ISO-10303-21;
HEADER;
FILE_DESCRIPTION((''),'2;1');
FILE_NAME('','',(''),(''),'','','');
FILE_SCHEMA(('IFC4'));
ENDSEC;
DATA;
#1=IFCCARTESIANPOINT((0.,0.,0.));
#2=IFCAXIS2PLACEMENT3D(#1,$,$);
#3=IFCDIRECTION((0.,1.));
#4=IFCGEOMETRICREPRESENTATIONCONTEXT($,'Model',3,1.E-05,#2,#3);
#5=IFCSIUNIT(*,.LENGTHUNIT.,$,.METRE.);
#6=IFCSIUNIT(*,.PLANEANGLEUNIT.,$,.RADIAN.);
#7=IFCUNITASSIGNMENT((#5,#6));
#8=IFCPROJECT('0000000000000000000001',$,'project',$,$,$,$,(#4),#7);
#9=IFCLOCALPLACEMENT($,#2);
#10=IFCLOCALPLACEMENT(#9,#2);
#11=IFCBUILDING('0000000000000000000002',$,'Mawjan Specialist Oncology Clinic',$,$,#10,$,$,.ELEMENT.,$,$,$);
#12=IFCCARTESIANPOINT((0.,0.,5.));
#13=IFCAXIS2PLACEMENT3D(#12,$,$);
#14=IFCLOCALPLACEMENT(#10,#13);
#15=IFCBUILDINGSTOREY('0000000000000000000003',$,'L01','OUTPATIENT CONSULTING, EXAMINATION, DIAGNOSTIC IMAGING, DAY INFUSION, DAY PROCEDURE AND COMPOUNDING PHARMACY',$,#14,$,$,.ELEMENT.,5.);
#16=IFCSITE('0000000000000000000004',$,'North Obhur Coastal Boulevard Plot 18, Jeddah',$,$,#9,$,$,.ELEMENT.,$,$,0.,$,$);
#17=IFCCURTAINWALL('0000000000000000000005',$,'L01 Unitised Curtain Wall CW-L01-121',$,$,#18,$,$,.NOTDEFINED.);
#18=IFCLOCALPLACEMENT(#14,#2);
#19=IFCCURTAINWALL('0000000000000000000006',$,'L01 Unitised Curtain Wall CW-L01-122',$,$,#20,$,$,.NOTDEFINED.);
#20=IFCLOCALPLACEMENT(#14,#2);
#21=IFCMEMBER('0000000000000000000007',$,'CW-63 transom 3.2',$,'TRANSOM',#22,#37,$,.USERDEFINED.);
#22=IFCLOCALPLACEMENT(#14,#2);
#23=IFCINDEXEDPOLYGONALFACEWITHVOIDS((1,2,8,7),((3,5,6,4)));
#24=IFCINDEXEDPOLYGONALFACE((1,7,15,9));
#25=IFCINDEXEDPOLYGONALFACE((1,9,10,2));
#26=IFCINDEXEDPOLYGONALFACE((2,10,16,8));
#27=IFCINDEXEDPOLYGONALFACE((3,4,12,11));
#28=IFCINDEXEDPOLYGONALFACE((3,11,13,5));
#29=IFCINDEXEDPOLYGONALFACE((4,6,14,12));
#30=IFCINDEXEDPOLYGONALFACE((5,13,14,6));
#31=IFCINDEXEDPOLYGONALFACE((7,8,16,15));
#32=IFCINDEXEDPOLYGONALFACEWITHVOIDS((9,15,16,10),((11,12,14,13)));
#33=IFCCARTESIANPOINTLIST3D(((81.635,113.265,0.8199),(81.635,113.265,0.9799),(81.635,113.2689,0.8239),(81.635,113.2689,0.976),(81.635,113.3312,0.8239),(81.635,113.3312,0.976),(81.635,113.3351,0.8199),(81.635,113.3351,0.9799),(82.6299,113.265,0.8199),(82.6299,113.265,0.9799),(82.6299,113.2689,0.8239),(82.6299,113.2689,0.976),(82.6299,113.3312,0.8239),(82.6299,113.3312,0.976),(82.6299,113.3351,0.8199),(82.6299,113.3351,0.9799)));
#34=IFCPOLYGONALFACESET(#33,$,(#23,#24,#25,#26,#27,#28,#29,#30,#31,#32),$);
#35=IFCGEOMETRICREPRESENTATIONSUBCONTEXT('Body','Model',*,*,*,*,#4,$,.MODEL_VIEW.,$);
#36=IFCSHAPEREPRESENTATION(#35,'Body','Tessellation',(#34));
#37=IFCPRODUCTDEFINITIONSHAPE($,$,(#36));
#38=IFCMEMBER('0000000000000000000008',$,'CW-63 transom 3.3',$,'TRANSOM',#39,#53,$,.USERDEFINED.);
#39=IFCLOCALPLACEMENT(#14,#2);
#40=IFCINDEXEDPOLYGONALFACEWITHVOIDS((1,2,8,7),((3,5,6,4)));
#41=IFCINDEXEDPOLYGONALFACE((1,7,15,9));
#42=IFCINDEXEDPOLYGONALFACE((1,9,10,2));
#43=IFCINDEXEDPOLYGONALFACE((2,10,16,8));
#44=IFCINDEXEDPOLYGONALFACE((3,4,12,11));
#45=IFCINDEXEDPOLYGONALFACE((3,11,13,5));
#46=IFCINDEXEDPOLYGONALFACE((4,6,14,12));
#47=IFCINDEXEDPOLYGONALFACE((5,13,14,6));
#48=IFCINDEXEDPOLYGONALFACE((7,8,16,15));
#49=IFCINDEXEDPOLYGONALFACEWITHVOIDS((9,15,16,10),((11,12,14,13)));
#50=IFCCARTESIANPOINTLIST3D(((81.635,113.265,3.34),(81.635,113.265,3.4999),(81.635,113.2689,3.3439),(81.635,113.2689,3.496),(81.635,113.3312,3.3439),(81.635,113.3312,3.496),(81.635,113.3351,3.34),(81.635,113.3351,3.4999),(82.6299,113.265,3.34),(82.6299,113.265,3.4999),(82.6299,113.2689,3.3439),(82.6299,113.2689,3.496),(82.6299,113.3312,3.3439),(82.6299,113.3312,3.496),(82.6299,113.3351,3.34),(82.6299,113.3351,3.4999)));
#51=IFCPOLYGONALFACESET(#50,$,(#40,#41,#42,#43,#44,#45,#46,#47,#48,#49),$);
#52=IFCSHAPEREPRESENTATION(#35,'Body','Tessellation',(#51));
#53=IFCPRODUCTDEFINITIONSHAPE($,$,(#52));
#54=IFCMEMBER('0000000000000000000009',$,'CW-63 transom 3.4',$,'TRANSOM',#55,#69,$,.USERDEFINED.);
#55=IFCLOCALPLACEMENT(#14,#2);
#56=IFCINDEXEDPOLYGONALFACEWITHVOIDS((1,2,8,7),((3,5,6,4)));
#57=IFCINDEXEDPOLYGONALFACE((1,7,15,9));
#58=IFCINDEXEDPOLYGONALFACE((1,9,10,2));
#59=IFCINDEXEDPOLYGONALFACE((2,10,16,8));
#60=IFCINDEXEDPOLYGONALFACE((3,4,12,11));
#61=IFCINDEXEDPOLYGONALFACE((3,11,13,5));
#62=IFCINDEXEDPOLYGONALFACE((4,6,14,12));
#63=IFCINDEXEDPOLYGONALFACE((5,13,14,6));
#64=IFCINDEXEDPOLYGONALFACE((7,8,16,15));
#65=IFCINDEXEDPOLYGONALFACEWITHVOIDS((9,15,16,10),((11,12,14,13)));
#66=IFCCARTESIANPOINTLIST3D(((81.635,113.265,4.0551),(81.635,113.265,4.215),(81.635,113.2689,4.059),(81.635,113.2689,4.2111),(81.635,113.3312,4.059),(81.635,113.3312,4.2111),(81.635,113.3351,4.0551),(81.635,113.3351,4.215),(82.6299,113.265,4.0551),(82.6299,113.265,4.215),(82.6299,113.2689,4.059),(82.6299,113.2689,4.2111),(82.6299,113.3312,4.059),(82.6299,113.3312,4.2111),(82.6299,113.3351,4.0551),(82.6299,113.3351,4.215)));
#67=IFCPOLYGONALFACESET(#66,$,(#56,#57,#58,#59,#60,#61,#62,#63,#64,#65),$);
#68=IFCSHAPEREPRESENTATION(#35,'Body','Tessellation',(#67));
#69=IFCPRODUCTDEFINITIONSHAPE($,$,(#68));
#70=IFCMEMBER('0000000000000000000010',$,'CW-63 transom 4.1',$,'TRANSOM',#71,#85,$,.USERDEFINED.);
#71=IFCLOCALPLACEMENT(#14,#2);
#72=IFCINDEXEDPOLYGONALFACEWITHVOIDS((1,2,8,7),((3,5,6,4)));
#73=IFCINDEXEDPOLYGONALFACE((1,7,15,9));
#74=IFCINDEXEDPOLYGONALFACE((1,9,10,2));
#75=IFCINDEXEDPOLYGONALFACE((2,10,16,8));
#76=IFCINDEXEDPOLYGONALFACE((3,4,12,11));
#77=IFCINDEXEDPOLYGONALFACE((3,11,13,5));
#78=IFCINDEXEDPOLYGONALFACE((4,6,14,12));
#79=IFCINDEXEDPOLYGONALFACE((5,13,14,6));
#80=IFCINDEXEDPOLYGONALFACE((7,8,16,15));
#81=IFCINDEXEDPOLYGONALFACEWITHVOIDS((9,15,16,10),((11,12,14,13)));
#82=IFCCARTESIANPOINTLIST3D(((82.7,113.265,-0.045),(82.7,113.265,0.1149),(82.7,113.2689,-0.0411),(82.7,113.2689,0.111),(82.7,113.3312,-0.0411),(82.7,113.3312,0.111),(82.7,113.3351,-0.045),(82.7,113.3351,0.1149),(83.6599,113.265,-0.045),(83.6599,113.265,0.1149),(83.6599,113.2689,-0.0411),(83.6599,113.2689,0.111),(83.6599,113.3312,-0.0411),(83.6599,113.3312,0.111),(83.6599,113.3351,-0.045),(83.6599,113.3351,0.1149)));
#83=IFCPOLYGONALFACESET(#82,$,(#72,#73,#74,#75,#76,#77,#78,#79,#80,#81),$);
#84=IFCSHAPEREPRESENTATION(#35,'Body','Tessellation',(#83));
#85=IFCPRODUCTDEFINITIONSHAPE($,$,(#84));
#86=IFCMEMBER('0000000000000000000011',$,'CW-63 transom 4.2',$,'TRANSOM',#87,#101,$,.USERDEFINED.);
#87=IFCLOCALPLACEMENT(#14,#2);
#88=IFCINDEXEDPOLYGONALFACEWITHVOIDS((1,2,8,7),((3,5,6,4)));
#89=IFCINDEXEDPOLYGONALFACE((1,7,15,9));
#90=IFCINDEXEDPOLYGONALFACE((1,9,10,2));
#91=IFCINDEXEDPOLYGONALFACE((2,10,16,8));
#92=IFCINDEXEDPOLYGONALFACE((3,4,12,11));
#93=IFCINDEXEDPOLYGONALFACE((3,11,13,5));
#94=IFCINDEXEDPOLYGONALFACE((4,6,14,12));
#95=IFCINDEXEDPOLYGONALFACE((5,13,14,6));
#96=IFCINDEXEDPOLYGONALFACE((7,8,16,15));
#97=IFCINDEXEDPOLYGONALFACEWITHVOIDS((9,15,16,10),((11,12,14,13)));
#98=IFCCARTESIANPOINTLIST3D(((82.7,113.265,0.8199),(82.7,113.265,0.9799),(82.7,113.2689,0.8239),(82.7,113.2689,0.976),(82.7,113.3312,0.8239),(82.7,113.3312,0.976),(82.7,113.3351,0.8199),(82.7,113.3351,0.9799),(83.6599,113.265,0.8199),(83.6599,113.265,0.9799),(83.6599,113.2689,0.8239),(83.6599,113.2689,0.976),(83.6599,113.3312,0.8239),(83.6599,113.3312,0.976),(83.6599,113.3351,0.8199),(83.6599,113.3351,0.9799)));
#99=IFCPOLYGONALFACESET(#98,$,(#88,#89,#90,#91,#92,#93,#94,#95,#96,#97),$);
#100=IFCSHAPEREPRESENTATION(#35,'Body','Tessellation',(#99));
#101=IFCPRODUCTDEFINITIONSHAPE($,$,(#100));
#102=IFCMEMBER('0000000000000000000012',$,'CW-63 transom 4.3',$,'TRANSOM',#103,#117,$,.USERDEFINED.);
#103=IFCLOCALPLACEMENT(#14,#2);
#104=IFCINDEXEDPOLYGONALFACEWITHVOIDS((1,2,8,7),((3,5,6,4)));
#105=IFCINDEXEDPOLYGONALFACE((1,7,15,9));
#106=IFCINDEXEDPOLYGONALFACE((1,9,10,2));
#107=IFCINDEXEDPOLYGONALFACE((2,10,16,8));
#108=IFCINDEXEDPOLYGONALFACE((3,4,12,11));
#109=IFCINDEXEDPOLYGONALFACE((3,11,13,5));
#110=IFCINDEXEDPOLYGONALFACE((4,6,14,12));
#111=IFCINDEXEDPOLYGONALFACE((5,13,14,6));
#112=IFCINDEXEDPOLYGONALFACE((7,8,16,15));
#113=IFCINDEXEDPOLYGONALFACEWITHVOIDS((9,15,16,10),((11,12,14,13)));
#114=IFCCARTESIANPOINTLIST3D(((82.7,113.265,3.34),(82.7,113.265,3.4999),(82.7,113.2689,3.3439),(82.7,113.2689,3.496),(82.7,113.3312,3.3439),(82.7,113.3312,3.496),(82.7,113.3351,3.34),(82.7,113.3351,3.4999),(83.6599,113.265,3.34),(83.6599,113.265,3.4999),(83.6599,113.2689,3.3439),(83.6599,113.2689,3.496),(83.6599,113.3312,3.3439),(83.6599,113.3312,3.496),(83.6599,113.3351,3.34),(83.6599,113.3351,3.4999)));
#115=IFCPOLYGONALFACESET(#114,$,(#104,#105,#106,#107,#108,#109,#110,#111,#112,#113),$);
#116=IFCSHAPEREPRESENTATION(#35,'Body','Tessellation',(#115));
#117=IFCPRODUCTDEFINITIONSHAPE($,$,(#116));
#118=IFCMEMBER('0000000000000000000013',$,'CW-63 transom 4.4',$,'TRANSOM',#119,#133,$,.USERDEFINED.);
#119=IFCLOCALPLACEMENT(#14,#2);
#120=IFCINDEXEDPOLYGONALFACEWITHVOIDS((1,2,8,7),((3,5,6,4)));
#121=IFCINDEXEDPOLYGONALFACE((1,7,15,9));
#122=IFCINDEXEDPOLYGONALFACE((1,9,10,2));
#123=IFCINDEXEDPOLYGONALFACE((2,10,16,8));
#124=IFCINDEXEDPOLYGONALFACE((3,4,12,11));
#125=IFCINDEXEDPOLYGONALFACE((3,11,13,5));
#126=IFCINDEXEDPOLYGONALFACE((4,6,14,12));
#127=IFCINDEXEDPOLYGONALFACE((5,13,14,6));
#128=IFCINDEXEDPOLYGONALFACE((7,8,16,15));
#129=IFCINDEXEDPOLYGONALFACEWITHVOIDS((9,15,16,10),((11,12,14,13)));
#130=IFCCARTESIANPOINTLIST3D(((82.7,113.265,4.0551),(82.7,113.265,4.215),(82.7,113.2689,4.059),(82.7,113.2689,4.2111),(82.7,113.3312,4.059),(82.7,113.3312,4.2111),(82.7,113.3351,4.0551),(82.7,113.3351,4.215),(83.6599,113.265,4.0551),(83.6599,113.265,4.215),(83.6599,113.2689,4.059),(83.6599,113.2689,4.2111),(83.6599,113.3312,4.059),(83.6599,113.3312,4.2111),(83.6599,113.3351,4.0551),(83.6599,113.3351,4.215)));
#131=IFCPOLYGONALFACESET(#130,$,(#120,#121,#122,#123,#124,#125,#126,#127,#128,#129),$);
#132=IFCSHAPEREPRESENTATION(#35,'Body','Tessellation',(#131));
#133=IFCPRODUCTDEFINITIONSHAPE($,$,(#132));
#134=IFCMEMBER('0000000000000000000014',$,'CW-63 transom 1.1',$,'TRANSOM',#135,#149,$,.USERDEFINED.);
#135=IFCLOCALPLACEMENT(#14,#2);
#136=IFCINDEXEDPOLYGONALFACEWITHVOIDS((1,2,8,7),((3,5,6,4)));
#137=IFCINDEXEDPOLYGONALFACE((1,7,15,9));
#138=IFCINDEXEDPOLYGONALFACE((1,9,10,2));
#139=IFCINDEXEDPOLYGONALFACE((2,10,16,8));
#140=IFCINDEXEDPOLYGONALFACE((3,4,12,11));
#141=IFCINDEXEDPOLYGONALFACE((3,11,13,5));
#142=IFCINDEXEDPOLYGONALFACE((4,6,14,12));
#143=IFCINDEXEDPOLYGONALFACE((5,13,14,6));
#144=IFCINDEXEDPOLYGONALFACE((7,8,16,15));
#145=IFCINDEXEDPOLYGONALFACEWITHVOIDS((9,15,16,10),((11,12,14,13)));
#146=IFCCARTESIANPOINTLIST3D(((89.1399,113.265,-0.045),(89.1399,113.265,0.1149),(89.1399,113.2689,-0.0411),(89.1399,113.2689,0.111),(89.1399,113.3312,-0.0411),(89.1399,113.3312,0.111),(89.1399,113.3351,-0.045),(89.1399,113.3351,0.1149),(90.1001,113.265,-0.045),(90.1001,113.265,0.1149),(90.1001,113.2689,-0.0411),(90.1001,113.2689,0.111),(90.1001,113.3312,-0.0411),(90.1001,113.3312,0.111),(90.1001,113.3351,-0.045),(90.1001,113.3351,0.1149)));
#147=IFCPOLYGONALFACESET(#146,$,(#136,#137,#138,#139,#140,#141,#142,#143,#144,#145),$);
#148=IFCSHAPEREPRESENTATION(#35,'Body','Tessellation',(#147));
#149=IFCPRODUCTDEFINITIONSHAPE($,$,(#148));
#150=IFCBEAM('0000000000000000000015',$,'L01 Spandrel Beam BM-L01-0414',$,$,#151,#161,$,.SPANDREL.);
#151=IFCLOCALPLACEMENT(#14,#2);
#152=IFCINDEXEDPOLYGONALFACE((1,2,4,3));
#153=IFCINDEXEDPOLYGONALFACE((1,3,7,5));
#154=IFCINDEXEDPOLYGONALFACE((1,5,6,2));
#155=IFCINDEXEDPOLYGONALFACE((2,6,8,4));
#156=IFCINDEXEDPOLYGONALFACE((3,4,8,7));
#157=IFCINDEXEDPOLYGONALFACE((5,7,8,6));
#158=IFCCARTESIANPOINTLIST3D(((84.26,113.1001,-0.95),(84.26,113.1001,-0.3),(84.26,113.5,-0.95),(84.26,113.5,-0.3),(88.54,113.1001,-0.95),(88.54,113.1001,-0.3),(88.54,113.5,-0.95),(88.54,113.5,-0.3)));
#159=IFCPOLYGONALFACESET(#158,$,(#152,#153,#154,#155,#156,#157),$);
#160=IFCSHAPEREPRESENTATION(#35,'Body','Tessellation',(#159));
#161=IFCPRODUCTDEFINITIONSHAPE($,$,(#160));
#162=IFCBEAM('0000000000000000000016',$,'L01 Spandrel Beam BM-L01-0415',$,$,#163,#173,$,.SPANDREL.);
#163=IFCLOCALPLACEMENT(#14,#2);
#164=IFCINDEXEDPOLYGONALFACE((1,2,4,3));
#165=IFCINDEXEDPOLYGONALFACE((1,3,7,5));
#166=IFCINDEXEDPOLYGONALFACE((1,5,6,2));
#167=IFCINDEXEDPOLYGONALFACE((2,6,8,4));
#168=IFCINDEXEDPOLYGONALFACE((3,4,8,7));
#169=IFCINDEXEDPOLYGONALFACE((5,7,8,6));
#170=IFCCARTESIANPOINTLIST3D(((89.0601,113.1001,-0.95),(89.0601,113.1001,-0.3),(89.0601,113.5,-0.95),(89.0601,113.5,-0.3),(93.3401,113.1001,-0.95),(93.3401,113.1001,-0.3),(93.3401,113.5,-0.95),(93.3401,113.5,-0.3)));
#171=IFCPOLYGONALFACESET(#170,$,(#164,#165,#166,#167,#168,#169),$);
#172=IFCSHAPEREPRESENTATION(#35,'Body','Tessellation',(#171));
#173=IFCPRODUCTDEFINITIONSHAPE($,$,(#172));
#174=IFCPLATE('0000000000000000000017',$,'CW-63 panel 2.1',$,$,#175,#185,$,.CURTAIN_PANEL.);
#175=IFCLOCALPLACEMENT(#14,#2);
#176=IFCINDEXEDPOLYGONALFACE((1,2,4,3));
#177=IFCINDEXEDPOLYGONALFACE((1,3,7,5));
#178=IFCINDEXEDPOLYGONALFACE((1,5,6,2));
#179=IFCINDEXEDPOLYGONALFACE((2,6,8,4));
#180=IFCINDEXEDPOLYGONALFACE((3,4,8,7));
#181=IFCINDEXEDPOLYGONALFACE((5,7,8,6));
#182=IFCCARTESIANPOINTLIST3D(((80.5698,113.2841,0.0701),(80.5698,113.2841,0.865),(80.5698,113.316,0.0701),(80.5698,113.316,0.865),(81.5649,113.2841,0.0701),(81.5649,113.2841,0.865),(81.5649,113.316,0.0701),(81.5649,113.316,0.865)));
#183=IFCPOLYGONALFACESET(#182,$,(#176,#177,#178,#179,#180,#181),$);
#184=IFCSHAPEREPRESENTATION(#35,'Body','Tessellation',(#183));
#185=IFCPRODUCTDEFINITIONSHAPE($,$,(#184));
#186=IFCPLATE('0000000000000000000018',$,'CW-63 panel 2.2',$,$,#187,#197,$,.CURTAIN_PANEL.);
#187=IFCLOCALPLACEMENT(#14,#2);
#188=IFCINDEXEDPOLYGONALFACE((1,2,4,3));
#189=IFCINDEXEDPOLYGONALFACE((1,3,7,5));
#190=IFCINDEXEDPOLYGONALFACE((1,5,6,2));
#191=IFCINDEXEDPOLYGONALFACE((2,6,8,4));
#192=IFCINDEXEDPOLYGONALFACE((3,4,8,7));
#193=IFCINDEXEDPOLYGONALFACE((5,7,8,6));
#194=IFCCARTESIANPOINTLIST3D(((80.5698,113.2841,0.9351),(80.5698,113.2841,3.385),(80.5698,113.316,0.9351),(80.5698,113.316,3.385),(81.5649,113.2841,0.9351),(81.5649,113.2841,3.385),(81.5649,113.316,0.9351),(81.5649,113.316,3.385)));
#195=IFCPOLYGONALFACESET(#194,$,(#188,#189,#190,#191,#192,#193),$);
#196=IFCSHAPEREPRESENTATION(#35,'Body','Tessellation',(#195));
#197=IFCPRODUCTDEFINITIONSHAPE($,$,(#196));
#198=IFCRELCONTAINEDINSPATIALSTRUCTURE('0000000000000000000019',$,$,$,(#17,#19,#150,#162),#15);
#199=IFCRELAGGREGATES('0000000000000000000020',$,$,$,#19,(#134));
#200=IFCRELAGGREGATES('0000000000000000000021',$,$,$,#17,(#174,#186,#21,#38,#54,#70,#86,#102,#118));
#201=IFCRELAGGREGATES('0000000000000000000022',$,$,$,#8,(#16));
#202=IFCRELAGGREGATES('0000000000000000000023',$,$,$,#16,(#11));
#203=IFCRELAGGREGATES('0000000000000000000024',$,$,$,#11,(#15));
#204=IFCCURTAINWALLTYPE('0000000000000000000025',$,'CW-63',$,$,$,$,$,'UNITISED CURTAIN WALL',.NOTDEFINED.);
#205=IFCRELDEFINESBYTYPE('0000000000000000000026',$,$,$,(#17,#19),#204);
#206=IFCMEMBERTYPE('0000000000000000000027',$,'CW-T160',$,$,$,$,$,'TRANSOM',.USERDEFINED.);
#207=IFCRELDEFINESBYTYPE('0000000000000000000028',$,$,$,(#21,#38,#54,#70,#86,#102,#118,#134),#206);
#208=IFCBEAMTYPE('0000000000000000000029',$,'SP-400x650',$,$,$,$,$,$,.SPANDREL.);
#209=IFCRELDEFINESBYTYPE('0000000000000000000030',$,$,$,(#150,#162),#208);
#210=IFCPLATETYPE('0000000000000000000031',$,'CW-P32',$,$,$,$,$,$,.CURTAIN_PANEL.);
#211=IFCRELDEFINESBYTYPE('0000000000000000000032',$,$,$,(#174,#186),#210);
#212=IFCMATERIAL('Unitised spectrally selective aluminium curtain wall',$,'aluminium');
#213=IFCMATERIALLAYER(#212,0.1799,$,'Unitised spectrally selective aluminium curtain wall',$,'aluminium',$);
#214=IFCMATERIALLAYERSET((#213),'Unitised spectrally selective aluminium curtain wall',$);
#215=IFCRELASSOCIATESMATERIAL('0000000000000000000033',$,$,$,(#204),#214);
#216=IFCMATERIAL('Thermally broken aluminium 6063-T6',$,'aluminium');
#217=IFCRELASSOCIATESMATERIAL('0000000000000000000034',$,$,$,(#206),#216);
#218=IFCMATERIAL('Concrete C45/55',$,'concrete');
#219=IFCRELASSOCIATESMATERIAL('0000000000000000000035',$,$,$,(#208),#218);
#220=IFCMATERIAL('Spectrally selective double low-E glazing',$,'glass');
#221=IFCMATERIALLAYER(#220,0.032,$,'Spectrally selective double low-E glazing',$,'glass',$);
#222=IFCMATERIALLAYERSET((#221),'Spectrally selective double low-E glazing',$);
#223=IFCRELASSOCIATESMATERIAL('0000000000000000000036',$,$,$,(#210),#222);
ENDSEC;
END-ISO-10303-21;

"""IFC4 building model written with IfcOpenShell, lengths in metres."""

from ifc_helpers import new_model, si_unit, direction, frame, origin, origin_2d, place, context, subcontext, project, spatial, rectangle, hollow_rectangle, extrude, material, layer, layer_set, material_profile, profile_set, type_object, element, aggregate, save


model = new_model("IFC4")

# Units and contexts
model_context = context("Model", 3, precision=1e-05, world=origin(), true_north=direction((0.0, 1.0)))
body_context = subcontext(model_context, "Body", "Model", "MODEL_VIEW")
ifc_project = project(units=[si_unit("LENGTHUNIT", "METRE"), si_unit("PLANEANGLEUNIT", "RADIAN")], contexts=[model_context])

# Site, building, storey
site_placement = place(None, origin())
site = spatial("IfcSite", under=ifc_project, at=site_placement, Name="North Obhur Coastal Boulevard Plot 18, Jeddah", CompositionType="ELEMENT", RefElevation=0.0)
building_placement = place(site_placement, origin())
building = spatial("IfcBuilding", under=site, at=building_placement, Name="Mawjan Specialist Oncology Clinic", CompositionType="ELEMENT")
storey_placement = place(building_placement, frame((0.0, 0.0, 5.0)))
storey = spatial("IfcBuildingStorey", under=building, at=storey_placement, Name="L01", Description="OUTPATIENT CONSULTING, EXAMINATION, DIAGNOSTIC IMAGING, DAY INFUSION, DAY PROCEDURE AND COMPOUNDING PHARMACY", CompositionType="ELEMENT", Elevation=5.0)

# Curtain wall
ifc_material_1 = material(Name="Unitised spectrally selective aluminium curtain wall", Category="aluminium")
ifc_layer_1 = layer(ifc_material_1, 0.1799, Name="Unitised spectrally selective aluminium curtain wall", Category="aluminium")
ifc_layer_set_1 = layer_set([ifc_layer_1], Name="Unitised spectrally selective aluminium curtain wall")
curtain_wall_type = type_object("IfcCurtainWallType", Name="CW-63", ElementType="UNITISED CURTAIN WALL", PredefinedType="NOTDEFINED", material=ifc_layer_set_1)
curtain_wall_1_placement = place(storey_placement, origin())
curtain_wall_1 = element("IfcCurtainWall", 1, at=curtain_wall_1_placement, inside=storey, type_object=curtain_wall_type, Name="L01 Unitised Curtain Wall CW-L01-121", PredefinedType="NOTDEFINED")

# Curtain wall
curtain_wall_2_placement = place(storey_placement, origin())
curtain_wall_2 = element("IfcCurtainWall", 2, at=curtain_wall_2_placement, inside=storey, type_object=curtain_wall_type, Name="L01 Unitised Curtain Wall CW-L01-122", PredefinedType="NOTDEFINED")

# Members
ifc_material_2 = material(Name="Thermally broken aluminium 6063-T6", Category="aluminium")
ifc_material_profile_1 = material_profile(ifc_material_2, hollow_rectangle(XDim=0.0701, YDim=0.1599, WallThickness=0.0039, at=origin_2d()), Name="ALU TRANSOM 160x70x4", Category="aluminium")
ifc_profile_set_1 = profile_set([ifc_material_profile_1], Name="Thermally broken aluminium 6063-T6")
member_type_1 = type_object("IfcMemberType", Name="CW-T160", ElementType="TRANSOM", PredefinedType="USERDEFINED", material=ifc_profile_set_1)
member_1_placement = place(storey_placement, frame((81.635, 113.3, 0.8999), z_axis=(1.0, 0.0, 0.0), x_axis=(0.0, 1.0, 0.0)))
member_1 = element("IfcMember", 3, at=member_1_placement, type_object=member_type_1, Name="CW-63 transom 3.2", ObjectType="TRANSOM", PredefinedType="USERDEFINED", context=body_context, shape_type="SweptSolid", body=[
    extrude(hollow_rectangle(XDim=0.0701, YDim=0.1599, WallThickness=0.0039, at=origin_2d()), origin(), (0.0, 0.0, 1.0), 0.9949),
])
member_2_placement = place(storey_placement, frame((81.635, 113.3, 3.4199), z_axis=(1.0, 0.0, 0.0), x_axis=(0.0, 1.0, 0.0)))
member_2 = element("IfcMember", 4, at=member_2_placement, type_object=member_type_1, Name="CW-63 transom 3.3", ObjectType="TRANSOM", PredefinedType="USERDEFINED", context=body_context, shape_type="SweptSolid", body=[
    extrude(hollow_rectangle(XDim=0.0701, YDim=0.1599, WallThickness=0.0039, at=origin_2d()), origin(), (0.0, 0.0, 1.0), 0.9949),
])
member_3_placement = place(storey_placement, frame((81.635, 113.3, 4.135), z_axis=(1.0, 0.0, 0.0), x_axis=(0.0, 1.0, 0.0)))
member_3 = element("IfcMember", 5, at=member_3_placement, type_object=member_type_1, Name="CW-63 transom 3.4", ObjectType="TRANSOM", PredefinedType="USERDEFINED", context=body_context, shape_type="SweptSolid", body=[
    extrude(hollow_rectangle(XDim=0.0701, YDim=0.1599, WallThickness=0.0039, at=origin_2d()), origin(), (0.0, 0.0, 1.0), 0.9949),
])
member_4_placement = place(storey_placement, frame((82.7, 113.3, 0.0349), z_axis=(1.0, 0.0, 0.0), x_axis=(0.0, 1.0, 0.0)))
member_4 = element("IfcMember", 6, at=member_4_placement, type_object=member_type_1, Name="CW-63 transom 4.1", ObjectType="TRANSOM", PredefinedType="USERDEFINED", context=body_context, shape_type="SweptSolid", body=[
    extrude(hollow_rectangle(XDim=0.0701, YDim=0.1599, WallThickness=0.0039, at=origin_2d()), origin(), (0.0, 0.0, 1.0), 0.96),
])
member_5_placement = place(storey_placement, frame((82.7, 113.3, 0.8999), z_axis=(1.0, 0.0, 0.0), x_axis=(0.0, 1.0, 0.0)))
member_5 = element("IfcMember", 7, at=member_5_placement, type_object=member_type_1, Name="CW-63 transom 4.2", ObjectType="TRANSOM", PredefinedType="USERDEFINED", context=body_context, shape_type="SweptSolid", body=[
    extrude(hollow_rectangle(XDim=0.0701, YDim=0.1599, WallThickness=0.0039, at=origin_2d()), origin(), (0.0, 0.0, 1.0), 0.96),
])
member_6_placement = place(storey_placement, frame((82.7, 113.3, 3.4199), z_axis=(1.0, 0.0, 0.0), x_axis=(0.0, 1.0, 0.0)))
member_6 = element("IfcMember", 8, at=member_6_placement, type_object=member_type_1, Name="CW-63 transom 4.3", ObjectType="TRANSOM", PredefinedType="USERDEFINED", context=body_context, shape_type="SweptSolid", body=[
    extrude(hollow_rectangle(XDim=0.0701, YDim=0.1599, WallThickness=0.0039, at=origin_2d()), origin(), (0.0, 0.0, 1.0), 0.96),
])
member_7_placement = place(storey_placement, frame((82.7, 113.3, 4.135), z_axis=(1.0, 0.0, 0.0), x_axis=(0.0, 1.0, 0.0)))
member_7 = element("IfcMember", 9, at=member_7_placement, type_object=member_type_1, Name="CW-63 transom 4.4", ObjectType="TRANSOM", PredefinedType="USERDEFINED", context=body_context, shape_type="SweptSolid", body=[
    extrude(hollow_rectangle(XDim=0.0701, YDim=0.1599, WallThickness=0.0039, at=origin_2d()), origin(), (0.0, 0.0, 1.0), 0.96),
])
member_8_placement = place(storey_placement, frame((89.1399, 113.3, 0.0349), z_axis=(1.0, 0.0, 0.0), x_axis=(0.0, 1.0, 0.0)))
member_8 = element("IfcMember", 10, at=member_8_placement, type_object=member_type_1, Name="CW-63 transom 1.1", ObjectType="TRANSOM", PredefinedType="USERDEFINED", context=body_context, shape_type="SweptSolid", body=[
    extrude(hollow_rectangle(XDim=0.0701, YDim=0.1599, WallThickness=0.0039, at=origin_2d()), origin(), (0.0, 0.0, 1.0), 0.9602),
])
aggregate(curtain_wall_2, [member_8])

# Beams
ifc_material_3 = material(Name="Concrete C45/55", Category="concrete")
ifc_material_profile_2 = material_profile(ifc_material_3, rectangle(XDim=0.3999, YDim=0.6499, at=origin_2d()), Name="RC BM 400x650", Category="concrete")
ifc_profile_set_2 = profile_set([ifc_material_profile_2], Name="Concrete C45/55")
beam_type = type_object("IfcBeamType", Name="SP-400x650", PredefinedType="SPANDREL", material=ifc_profile_set_2)
for number, where, z_axis, x_axis, name in (
    (11, (84.26, 113.3, -0.625), (1.0, 0.0, 0.0), (0.0, 1.0, 0.0), "L01 Spandrel Beam BM-L01-0414"),
    (12, (89.0601, 113.3, -0.625), (1.0, 0.0, 0.0), (0.0, 1.0, 0.0), "L01 Spandrel Beam BM-L01-0415"),
):
    element("IfcBeam", number, at=place(storey_placement, frame(where, z_axis=z_axis, x_axis=x_axis)), inside=storey, type_object=beam_type, Name=name, PredefinedType="SPANDREL", context=body_context, shape_type="SweptSolid", body=[
        extrude(rectangle(XDim=0.3999, YDim=0.6499, at=origin_2d()), origin(), (0.0, 0.0, 1.0), 4.28),
    ])

# Plates
ifc_material_4 = material(Name="Spectrally selective double low-E glazing", Category="glass")
ifc_layer_2 = layer(ifc_material_4, 0.032, Name="Spectrally selective double low-E glazing", Category="glass")
ifc_layer_set_2 = layer_set([ifc_layer_2], Name="Spectrally selective double low-E glazing")
plate_type = type_object("IfcPlateType", Name="CW-P32", PredefinedType="CURTAIN_PANEL", material=ifc_layer_set_2)
plate_1_placement = place(storey_placement, frame((81.0674, 113.3, 0.0701), z_axis=(0.0, 0.0, 1.0), x_axis=(1.0, 0.0, 0.0)))
plate_1 = element("IfcPlate", 13, at=plate_1_placement, type_object=plate_type, Name="CW-63 panel 2.1", PredefinedType="CURTAIN_PANEL", context=body_context, shape_type="SweptSolid", body=[
    extrude(rectangle(XDim=0.9951, YDim=0.032, at=origin_2d()), origin(), (0.0, 0.0, 1.0), 0.7949),
])
plate_2_placement = place(storey_placement, frame((81.0674, 113.3, 0.9351), z_axis=(0.0, 0.0, 1.0), x_axis=(1.0, 0.0, 0.0)))
plate_2 = element("IfcPlate", 14, at=plate_2_placement, type_object=plate_type, Name="CW-63 panel 2.2", PredefinedType="CURTAIN_PANEL", context=body_context, shape_type="SweptSolid", body=[
    extrude(rectangle(XDim=0.9951, YDim=0.032, at=origin_2d()), origin(), (0.0, 0.0, 1.0), 2.45),
])
aggregate(curtain_wall_1, [plate_1, plate_2, member_1, member_2, member_3, member_4, member_5, member_6, member_7])

save(model, "model.ifc")
